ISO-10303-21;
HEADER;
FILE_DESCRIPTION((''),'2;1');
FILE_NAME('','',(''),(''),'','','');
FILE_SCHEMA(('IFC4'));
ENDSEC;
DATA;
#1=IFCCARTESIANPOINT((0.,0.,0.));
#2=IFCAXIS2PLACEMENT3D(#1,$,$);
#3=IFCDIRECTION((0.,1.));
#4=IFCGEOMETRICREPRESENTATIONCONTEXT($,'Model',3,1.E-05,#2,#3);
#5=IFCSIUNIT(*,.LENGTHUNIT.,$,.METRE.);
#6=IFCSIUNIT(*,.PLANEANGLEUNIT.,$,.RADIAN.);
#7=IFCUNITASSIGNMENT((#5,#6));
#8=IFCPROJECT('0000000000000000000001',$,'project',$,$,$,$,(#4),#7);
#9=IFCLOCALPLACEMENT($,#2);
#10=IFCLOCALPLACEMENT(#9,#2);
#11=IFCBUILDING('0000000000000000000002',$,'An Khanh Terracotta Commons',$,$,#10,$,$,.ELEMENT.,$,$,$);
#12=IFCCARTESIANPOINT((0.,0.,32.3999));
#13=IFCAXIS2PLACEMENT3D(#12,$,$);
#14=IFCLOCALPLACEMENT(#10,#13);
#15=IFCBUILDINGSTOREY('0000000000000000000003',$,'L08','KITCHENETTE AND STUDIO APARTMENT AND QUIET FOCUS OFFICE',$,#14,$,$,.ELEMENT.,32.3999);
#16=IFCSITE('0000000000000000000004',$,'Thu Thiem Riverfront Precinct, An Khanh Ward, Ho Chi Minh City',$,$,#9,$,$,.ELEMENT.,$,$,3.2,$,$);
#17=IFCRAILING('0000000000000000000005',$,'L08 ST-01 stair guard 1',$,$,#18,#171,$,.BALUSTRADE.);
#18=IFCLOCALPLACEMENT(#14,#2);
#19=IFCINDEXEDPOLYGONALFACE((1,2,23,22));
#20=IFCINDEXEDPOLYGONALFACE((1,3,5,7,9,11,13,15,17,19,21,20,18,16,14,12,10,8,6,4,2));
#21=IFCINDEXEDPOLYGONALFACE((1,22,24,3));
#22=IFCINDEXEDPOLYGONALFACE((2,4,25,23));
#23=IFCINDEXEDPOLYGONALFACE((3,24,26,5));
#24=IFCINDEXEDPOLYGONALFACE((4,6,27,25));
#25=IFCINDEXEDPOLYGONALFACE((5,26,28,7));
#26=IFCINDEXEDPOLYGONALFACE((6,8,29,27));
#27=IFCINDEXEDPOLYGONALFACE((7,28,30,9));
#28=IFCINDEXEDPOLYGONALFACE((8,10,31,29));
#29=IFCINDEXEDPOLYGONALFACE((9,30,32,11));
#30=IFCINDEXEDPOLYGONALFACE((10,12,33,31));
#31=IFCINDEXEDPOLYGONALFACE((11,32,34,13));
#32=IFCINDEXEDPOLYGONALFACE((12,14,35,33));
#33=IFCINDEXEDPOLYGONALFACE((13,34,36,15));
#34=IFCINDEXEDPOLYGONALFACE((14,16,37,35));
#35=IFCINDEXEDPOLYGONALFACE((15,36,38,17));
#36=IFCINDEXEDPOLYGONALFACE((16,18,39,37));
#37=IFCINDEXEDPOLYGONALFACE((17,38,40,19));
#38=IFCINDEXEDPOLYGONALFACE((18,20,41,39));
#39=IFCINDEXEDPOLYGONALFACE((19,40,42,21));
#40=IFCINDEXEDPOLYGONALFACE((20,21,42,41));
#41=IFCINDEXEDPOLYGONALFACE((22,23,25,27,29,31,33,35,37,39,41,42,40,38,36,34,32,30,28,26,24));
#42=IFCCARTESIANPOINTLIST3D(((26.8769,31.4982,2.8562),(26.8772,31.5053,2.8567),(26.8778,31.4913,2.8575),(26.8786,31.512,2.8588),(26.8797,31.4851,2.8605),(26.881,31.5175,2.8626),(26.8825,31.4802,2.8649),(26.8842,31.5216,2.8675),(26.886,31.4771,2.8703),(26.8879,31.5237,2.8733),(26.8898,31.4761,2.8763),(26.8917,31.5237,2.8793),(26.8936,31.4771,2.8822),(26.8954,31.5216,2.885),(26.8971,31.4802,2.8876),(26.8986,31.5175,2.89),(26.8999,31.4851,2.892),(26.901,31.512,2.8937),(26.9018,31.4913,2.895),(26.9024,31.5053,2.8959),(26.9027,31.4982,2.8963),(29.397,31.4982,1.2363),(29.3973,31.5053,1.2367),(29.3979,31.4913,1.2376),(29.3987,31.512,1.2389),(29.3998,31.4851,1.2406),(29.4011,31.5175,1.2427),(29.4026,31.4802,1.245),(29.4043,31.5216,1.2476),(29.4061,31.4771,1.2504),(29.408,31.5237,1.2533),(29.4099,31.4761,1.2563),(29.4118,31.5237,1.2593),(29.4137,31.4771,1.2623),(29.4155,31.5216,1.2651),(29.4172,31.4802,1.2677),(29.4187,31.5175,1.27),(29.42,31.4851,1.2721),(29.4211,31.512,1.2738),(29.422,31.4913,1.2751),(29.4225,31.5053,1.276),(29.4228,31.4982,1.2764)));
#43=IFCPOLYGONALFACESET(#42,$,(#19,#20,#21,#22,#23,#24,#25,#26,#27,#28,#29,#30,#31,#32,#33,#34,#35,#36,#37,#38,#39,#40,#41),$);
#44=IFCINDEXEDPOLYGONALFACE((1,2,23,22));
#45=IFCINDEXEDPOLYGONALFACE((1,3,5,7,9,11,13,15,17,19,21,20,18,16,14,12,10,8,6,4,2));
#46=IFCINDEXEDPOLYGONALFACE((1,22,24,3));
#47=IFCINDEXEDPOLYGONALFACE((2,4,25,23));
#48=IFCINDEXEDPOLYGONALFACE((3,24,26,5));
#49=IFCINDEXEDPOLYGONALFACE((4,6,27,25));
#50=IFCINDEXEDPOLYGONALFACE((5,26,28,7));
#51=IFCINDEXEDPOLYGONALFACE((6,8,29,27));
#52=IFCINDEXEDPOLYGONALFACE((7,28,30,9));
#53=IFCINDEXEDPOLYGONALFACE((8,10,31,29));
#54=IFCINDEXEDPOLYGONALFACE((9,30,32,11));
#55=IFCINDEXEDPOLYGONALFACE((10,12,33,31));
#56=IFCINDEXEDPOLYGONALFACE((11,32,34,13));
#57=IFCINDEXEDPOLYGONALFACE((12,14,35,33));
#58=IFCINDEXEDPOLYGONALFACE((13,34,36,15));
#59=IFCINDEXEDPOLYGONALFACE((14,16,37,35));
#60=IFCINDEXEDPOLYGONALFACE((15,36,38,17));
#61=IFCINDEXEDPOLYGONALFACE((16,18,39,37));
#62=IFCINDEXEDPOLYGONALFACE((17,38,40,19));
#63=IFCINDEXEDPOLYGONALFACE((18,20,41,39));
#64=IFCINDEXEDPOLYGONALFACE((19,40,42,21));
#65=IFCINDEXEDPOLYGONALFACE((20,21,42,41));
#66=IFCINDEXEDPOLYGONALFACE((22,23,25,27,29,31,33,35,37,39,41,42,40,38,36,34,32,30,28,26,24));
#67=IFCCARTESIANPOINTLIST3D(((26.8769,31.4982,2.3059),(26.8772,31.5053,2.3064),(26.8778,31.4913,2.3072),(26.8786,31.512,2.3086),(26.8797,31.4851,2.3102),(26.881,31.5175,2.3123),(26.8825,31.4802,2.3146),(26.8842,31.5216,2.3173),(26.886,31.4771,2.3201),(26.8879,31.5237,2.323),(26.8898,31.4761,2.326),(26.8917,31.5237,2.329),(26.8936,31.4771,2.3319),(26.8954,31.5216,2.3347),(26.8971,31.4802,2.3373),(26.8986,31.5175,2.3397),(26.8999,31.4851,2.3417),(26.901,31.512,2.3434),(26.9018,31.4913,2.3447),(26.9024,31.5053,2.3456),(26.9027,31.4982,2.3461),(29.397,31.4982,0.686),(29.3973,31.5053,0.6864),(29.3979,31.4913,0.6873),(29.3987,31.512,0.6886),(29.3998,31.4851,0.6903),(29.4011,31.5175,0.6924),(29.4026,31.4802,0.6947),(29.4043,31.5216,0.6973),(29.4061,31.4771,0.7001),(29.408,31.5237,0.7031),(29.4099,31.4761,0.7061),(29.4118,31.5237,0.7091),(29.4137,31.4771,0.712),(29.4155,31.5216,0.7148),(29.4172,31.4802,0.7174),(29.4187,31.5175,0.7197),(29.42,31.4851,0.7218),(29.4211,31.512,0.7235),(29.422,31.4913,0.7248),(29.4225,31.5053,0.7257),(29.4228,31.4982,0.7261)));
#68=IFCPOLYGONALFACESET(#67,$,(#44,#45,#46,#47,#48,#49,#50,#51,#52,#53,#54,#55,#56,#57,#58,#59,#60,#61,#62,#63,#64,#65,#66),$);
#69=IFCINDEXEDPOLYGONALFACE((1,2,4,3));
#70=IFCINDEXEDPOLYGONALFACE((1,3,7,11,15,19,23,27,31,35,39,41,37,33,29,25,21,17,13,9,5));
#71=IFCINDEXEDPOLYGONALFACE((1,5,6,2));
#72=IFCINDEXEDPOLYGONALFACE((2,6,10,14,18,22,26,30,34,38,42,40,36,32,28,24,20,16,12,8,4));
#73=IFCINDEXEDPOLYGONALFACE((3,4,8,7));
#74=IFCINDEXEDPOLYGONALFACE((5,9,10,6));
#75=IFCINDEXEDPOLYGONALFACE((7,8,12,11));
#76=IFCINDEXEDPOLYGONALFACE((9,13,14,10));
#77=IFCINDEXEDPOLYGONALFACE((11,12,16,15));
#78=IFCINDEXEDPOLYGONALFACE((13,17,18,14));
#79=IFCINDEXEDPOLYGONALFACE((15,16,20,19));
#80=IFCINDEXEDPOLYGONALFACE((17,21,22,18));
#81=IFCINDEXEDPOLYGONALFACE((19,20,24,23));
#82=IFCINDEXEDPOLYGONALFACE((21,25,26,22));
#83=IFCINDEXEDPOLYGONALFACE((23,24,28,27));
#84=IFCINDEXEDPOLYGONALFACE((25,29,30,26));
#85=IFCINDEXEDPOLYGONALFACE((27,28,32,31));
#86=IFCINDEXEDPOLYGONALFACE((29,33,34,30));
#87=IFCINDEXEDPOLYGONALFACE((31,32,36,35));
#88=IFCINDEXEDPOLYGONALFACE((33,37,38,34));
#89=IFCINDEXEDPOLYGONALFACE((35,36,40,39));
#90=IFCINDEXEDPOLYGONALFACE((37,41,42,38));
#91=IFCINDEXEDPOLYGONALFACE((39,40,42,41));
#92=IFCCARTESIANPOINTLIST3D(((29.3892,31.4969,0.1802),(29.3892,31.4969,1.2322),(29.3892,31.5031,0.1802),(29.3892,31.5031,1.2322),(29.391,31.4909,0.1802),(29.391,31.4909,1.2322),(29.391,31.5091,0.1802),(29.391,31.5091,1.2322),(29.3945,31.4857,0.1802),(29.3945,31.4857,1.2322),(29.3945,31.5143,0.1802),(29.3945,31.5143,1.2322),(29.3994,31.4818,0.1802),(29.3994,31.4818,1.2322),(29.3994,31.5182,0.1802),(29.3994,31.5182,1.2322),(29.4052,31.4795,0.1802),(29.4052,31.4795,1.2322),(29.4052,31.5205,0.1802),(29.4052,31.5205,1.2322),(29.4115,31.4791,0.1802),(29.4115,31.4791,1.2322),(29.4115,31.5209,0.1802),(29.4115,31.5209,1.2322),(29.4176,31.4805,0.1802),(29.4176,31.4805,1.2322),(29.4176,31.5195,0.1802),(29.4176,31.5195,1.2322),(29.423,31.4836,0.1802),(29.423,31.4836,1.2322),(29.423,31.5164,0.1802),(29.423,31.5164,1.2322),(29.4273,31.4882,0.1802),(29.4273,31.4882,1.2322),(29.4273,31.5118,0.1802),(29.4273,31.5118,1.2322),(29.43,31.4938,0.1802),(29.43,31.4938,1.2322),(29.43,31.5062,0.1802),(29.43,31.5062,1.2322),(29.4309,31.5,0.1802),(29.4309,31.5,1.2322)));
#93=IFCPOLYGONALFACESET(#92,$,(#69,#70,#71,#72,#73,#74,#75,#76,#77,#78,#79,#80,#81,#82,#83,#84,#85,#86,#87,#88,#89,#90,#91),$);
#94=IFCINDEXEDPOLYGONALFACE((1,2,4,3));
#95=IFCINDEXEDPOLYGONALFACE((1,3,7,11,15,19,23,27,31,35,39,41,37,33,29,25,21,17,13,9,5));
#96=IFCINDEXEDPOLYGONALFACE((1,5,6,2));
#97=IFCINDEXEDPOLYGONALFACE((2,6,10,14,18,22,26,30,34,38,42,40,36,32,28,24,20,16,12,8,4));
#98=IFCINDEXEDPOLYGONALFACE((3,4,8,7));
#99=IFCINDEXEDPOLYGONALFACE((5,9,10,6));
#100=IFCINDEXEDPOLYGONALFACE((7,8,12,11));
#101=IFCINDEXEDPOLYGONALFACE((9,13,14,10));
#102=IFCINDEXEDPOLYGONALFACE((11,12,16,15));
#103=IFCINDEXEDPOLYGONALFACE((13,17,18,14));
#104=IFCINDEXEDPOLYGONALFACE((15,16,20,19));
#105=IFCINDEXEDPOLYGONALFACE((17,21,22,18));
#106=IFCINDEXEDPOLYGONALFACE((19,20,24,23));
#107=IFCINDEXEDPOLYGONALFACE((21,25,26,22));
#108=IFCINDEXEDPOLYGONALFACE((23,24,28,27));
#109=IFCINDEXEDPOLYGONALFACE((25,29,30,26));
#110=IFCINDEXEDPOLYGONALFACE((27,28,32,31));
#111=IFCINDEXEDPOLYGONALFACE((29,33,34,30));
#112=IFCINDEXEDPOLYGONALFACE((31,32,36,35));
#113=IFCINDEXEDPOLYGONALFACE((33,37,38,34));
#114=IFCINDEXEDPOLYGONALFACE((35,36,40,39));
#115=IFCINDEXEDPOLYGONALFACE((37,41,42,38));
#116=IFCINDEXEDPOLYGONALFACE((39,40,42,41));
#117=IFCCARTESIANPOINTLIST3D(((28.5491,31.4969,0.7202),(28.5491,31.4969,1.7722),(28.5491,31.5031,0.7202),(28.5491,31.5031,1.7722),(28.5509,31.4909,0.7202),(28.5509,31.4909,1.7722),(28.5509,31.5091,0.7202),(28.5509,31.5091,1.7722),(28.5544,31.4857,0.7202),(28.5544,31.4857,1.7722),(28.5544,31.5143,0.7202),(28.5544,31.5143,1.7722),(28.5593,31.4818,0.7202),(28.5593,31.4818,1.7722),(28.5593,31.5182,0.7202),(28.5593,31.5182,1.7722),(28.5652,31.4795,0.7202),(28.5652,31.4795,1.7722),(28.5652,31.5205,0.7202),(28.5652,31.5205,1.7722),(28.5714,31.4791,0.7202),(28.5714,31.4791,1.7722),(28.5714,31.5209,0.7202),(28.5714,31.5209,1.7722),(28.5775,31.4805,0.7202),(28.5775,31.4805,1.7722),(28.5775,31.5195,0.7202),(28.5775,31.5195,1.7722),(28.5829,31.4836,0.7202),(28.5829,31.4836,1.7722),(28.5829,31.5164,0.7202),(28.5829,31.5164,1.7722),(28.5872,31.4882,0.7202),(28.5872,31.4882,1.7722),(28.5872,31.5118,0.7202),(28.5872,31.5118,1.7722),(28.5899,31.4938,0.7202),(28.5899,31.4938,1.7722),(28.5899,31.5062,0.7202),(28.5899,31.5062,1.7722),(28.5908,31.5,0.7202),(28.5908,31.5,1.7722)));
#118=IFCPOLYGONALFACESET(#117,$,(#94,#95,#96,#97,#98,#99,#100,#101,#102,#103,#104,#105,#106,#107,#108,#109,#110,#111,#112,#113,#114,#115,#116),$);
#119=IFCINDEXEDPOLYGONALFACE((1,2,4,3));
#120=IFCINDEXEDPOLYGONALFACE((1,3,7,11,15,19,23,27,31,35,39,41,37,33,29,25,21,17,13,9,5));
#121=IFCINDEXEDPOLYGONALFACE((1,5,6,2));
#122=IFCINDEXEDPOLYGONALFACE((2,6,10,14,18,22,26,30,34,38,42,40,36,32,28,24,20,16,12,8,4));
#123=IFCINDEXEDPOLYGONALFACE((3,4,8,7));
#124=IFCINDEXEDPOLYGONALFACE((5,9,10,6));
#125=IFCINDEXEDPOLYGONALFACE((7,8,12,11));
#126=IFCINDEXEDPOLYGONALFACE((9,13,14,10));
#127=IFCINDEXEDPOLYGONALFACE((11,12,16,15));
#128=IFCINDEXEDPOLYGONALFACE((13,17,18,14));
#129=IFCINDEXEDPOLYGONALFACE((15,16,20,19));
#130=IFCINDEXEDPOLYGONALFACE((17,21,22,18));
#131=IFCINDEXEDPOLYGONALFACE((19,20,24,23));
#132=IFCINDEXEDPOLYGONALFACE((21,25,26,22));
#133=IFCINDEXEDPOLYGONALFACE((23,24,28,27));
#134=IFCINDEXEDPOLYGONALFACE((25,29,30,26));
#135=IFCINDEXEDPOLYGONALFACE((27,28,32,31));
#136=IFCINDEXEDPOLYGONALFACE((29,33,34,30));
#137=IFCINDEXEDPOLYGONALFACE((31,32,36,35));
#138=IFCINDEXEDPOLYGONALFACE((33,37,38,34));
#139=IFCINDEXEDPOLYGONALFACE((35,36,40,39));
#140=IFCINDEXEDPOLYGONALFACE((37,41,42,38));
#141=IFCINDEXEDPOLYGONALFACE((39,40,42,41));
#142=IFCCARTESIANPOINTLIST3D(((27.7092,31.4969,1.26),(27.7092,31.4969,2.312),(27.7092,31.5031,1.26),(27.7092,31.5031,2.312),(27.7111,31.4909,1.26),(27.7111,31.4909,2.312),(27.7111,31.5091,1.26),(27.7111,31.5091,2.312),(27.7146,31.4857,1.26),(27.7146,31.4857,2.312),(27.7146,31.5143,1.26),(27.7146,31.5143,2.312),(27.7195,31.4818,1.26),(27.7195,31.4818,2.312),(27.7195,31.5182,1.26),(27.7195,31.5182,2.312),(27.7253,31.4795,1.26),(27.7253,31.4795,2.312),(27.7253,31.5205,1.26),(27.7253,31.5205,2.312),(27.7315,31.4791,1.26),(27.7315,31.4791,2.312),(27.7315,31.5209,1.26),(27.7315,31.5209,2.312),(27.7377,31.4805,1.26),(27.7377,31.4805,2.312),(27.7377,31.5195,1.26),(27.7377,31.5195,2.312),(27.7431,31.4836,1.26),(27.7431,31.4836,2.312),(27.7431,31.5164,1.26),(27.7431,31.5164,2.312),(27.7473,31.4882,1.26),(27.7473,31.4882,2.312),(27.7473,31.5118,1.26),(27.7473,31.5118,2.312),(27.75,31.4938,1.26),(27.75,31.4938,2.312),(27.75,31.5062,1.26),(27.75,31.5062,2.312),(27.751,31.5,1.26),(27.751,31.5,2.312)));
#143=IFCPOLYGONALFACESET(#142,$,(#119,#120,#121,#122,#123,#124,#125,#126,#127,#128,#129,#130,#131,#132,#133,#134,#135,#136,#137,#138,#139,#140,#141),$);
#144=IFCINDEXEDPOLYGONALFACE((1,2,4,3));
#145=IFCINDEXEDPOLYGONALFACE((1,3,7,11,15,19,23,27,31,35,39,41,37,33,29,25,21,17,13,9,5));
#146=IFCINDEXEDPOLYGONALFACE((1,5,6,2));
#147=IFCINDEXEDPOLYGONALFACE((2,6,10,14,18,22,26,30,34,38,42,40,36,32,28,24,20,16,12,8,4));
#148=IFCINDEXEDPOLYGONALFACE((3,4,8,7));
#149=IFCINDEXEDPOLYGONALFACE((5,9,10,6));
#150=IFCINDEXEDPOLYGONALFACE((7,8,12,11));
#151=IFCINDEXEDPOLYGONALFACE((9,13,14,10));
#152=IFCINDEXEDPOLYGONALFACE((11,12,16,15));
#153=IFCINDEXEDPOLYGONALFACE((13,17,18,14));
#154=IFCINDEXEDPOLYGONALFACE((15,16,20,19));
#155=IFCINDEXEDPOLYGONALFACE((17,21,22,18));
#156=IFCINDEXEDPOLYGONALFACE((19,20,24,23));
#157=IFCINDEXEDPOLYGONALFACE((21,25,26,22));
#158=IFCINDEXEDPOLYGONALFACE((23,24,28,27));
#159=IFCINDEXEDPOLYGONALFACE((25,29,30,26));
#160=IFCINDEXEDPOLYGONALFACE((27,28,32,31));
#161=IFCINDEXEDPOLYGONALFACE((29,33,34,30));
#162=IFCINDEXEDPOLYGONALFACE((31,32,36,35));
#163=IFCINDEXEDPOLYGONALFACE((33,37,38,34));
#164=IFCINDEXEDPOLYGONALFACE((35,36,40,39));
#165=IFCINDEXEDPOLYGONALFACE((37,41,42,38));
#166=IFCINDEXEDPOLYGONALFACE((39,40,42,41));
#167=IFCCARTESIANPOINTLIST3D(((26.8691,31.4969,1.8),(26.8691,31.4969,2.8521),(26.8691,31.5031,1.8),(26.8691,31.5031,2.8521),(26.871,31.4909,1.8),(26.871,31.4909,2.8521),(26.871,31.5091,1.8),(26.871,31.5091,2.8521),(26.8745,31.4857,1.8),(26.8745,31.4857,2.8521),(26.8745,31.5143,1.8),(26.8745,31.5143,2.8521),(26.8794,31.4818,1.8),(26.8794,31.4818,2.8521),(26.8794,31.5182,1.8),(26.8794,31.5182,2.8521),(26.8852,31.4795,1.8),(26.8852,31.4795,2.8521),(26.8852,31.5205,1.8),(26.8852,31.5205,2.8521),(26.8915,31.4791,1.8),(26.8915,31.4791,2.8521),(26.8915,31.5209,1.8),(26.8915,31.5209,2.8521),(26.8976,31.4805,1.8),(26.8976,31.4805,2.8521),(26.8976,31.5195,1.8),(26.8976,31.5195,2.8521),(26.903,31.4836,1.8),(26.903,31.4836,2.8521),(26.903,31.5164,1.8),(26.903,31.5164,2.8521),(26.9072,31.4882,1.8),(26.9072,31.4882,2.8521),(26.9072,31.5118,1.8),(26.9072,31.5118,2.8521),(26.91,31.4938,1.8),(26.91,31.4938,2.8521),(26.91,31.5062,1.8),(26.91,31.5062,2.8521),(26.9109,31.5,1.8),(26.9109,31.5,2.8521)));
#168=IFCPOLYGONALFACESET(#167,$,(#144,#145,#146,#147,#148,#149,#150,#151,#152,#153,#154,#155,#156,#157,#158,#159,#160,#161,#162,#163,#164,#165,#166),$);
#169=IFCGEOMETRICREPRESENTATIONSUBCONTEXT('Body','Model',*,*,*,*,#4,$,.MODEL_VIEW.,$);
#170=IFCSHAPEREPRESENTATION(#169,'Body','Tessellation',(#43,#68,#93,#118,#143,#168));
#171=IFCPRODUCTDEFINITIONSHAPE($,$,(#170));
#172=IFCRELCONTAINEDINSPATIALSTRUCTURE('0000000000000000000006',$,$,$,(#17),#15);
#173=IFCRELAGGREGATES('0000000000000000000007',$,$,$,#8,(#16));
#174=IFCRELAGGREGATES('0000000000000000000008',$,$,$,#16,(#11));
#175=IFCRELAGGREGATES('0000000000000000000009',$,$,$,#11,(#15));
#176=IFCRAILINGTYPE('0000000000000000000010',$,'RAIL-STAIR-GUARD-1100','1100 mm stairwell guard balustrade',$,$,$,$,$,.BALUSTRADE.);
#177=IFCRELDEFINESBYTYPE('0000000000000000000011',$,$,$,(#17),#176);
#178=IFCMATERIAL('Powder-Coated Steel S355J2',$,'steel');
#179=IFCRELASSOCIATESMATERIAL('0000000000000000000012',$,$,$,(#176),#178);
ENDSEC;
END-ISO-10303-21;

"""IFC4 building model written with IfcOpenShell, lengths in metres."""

from ifc_helpers import new_model, si_unit, direction, frame, origin, origin_2d, place, context, subcontext, project, spatial, circle, extrude, material, type_object, element, save


model = new_model("IFC4")

# Units and contexts
model_context = context("Model", 3, precision=1e-05, world=origin(), true_north=direction((0.0, 1.0)))
body_context = subcontext(model_context, "Body", "Model", "MODEL_VIEW")
ifc_project = project(units=[si_unit("LENGTHUNIT", "METRE"), si_unit("PLANEANGLEUNIT", "RADIAN")], contexts=[model_context])

# Site, building, storey
site_placement = place(None, origin())
site = spatial("IfcSite", under=ifc_project, at=site_placement, Name="Thu Thiem Riverfront Precinct, An Khanh Ward, Ho Chi Minh City", CompositionType="ELEMENT", RefElevation=3.2)
building_placement = place(site_placement, origin())
building = spatial("IfcBuilding", under=site, at=building_placement, Name="An Khanh Terracotta Commons", CompositionType="ELEMENT")
storey_placement = place(building_placement, frame((0.0, 0.0, 32.3999)))
storey = spatial("IfcBuildingStorey", under=building, at=storey_placement, Name="L08", Description="KITCHENETTE AND STUDIO APARTMENT AND QUIET FOCUS OFFICE", CompositionType="ELEMENT", Elevation=32.3999)

# Railing
ifc_material_1 = material(Name="Powder-Coated Steel S355J2", Category="steel")
railing_type_1 = type_object("IfcRailingType", Name="RAIL-STAIR-GUARD-1100", Description="1100 mm stairwell guard balustrade", PredefinedType="BALUSTRADE", material=ifc_material_1)
railing_1_placement = place(storey_placement, frame((29.4099, 31.5, 0.1802)))
element("IfcRailing", 1, at=railing_1_placement, inside=storey, type_object=railing_type_1, Name="L08 ST-01 stair guard 1", PredefinedType="BALUSTRADE", context=body_context, shape_type="SweptSolid", body=[
    extrude(circle(Radius=0.0239, at=origin_2d()), frame((0.0, 0.0, 1.0762), z_axis=(-0.8412, 0.0, 0.540725), x_axis=(0.0, -1.0, 0.0)), (0.0, 0.0, 1.0), 2.9958),
    extrude(circle(Radius=0.0239, at=origin_2d()), frame((0.0, 0.0, 0.5259), z_axis=(-0.8412, 0.0, 0.540725), x_axis=(0.0, -1.0, 0.0)), (0.0, 0.0, 1.0), 2.9958),
    extrude(circle(Radius=0.021, at=origin_2d()), origin(), (0.0, 0.0, 1.0), 1.052),
    extrude(circle(Radius=0.021, at=origin_2d()), frame((-0.8401, 0.0, 0.54)), (0.0, 0.0, 1.0), 1.052),
    extrude(circle(Radius=0.021, at=origin_2d()), frame((-1.6799, 0.0, 1.0798)), (0.0, 0.0, 1.0), 1.052),
    extrude(circle(Radius=0.021, at=origin_2d()), frame((-2.52, 0.0, 1.6199)), (0.0, 0.0, 1.0), 1.052),
])

save(model, "model.ifc")
